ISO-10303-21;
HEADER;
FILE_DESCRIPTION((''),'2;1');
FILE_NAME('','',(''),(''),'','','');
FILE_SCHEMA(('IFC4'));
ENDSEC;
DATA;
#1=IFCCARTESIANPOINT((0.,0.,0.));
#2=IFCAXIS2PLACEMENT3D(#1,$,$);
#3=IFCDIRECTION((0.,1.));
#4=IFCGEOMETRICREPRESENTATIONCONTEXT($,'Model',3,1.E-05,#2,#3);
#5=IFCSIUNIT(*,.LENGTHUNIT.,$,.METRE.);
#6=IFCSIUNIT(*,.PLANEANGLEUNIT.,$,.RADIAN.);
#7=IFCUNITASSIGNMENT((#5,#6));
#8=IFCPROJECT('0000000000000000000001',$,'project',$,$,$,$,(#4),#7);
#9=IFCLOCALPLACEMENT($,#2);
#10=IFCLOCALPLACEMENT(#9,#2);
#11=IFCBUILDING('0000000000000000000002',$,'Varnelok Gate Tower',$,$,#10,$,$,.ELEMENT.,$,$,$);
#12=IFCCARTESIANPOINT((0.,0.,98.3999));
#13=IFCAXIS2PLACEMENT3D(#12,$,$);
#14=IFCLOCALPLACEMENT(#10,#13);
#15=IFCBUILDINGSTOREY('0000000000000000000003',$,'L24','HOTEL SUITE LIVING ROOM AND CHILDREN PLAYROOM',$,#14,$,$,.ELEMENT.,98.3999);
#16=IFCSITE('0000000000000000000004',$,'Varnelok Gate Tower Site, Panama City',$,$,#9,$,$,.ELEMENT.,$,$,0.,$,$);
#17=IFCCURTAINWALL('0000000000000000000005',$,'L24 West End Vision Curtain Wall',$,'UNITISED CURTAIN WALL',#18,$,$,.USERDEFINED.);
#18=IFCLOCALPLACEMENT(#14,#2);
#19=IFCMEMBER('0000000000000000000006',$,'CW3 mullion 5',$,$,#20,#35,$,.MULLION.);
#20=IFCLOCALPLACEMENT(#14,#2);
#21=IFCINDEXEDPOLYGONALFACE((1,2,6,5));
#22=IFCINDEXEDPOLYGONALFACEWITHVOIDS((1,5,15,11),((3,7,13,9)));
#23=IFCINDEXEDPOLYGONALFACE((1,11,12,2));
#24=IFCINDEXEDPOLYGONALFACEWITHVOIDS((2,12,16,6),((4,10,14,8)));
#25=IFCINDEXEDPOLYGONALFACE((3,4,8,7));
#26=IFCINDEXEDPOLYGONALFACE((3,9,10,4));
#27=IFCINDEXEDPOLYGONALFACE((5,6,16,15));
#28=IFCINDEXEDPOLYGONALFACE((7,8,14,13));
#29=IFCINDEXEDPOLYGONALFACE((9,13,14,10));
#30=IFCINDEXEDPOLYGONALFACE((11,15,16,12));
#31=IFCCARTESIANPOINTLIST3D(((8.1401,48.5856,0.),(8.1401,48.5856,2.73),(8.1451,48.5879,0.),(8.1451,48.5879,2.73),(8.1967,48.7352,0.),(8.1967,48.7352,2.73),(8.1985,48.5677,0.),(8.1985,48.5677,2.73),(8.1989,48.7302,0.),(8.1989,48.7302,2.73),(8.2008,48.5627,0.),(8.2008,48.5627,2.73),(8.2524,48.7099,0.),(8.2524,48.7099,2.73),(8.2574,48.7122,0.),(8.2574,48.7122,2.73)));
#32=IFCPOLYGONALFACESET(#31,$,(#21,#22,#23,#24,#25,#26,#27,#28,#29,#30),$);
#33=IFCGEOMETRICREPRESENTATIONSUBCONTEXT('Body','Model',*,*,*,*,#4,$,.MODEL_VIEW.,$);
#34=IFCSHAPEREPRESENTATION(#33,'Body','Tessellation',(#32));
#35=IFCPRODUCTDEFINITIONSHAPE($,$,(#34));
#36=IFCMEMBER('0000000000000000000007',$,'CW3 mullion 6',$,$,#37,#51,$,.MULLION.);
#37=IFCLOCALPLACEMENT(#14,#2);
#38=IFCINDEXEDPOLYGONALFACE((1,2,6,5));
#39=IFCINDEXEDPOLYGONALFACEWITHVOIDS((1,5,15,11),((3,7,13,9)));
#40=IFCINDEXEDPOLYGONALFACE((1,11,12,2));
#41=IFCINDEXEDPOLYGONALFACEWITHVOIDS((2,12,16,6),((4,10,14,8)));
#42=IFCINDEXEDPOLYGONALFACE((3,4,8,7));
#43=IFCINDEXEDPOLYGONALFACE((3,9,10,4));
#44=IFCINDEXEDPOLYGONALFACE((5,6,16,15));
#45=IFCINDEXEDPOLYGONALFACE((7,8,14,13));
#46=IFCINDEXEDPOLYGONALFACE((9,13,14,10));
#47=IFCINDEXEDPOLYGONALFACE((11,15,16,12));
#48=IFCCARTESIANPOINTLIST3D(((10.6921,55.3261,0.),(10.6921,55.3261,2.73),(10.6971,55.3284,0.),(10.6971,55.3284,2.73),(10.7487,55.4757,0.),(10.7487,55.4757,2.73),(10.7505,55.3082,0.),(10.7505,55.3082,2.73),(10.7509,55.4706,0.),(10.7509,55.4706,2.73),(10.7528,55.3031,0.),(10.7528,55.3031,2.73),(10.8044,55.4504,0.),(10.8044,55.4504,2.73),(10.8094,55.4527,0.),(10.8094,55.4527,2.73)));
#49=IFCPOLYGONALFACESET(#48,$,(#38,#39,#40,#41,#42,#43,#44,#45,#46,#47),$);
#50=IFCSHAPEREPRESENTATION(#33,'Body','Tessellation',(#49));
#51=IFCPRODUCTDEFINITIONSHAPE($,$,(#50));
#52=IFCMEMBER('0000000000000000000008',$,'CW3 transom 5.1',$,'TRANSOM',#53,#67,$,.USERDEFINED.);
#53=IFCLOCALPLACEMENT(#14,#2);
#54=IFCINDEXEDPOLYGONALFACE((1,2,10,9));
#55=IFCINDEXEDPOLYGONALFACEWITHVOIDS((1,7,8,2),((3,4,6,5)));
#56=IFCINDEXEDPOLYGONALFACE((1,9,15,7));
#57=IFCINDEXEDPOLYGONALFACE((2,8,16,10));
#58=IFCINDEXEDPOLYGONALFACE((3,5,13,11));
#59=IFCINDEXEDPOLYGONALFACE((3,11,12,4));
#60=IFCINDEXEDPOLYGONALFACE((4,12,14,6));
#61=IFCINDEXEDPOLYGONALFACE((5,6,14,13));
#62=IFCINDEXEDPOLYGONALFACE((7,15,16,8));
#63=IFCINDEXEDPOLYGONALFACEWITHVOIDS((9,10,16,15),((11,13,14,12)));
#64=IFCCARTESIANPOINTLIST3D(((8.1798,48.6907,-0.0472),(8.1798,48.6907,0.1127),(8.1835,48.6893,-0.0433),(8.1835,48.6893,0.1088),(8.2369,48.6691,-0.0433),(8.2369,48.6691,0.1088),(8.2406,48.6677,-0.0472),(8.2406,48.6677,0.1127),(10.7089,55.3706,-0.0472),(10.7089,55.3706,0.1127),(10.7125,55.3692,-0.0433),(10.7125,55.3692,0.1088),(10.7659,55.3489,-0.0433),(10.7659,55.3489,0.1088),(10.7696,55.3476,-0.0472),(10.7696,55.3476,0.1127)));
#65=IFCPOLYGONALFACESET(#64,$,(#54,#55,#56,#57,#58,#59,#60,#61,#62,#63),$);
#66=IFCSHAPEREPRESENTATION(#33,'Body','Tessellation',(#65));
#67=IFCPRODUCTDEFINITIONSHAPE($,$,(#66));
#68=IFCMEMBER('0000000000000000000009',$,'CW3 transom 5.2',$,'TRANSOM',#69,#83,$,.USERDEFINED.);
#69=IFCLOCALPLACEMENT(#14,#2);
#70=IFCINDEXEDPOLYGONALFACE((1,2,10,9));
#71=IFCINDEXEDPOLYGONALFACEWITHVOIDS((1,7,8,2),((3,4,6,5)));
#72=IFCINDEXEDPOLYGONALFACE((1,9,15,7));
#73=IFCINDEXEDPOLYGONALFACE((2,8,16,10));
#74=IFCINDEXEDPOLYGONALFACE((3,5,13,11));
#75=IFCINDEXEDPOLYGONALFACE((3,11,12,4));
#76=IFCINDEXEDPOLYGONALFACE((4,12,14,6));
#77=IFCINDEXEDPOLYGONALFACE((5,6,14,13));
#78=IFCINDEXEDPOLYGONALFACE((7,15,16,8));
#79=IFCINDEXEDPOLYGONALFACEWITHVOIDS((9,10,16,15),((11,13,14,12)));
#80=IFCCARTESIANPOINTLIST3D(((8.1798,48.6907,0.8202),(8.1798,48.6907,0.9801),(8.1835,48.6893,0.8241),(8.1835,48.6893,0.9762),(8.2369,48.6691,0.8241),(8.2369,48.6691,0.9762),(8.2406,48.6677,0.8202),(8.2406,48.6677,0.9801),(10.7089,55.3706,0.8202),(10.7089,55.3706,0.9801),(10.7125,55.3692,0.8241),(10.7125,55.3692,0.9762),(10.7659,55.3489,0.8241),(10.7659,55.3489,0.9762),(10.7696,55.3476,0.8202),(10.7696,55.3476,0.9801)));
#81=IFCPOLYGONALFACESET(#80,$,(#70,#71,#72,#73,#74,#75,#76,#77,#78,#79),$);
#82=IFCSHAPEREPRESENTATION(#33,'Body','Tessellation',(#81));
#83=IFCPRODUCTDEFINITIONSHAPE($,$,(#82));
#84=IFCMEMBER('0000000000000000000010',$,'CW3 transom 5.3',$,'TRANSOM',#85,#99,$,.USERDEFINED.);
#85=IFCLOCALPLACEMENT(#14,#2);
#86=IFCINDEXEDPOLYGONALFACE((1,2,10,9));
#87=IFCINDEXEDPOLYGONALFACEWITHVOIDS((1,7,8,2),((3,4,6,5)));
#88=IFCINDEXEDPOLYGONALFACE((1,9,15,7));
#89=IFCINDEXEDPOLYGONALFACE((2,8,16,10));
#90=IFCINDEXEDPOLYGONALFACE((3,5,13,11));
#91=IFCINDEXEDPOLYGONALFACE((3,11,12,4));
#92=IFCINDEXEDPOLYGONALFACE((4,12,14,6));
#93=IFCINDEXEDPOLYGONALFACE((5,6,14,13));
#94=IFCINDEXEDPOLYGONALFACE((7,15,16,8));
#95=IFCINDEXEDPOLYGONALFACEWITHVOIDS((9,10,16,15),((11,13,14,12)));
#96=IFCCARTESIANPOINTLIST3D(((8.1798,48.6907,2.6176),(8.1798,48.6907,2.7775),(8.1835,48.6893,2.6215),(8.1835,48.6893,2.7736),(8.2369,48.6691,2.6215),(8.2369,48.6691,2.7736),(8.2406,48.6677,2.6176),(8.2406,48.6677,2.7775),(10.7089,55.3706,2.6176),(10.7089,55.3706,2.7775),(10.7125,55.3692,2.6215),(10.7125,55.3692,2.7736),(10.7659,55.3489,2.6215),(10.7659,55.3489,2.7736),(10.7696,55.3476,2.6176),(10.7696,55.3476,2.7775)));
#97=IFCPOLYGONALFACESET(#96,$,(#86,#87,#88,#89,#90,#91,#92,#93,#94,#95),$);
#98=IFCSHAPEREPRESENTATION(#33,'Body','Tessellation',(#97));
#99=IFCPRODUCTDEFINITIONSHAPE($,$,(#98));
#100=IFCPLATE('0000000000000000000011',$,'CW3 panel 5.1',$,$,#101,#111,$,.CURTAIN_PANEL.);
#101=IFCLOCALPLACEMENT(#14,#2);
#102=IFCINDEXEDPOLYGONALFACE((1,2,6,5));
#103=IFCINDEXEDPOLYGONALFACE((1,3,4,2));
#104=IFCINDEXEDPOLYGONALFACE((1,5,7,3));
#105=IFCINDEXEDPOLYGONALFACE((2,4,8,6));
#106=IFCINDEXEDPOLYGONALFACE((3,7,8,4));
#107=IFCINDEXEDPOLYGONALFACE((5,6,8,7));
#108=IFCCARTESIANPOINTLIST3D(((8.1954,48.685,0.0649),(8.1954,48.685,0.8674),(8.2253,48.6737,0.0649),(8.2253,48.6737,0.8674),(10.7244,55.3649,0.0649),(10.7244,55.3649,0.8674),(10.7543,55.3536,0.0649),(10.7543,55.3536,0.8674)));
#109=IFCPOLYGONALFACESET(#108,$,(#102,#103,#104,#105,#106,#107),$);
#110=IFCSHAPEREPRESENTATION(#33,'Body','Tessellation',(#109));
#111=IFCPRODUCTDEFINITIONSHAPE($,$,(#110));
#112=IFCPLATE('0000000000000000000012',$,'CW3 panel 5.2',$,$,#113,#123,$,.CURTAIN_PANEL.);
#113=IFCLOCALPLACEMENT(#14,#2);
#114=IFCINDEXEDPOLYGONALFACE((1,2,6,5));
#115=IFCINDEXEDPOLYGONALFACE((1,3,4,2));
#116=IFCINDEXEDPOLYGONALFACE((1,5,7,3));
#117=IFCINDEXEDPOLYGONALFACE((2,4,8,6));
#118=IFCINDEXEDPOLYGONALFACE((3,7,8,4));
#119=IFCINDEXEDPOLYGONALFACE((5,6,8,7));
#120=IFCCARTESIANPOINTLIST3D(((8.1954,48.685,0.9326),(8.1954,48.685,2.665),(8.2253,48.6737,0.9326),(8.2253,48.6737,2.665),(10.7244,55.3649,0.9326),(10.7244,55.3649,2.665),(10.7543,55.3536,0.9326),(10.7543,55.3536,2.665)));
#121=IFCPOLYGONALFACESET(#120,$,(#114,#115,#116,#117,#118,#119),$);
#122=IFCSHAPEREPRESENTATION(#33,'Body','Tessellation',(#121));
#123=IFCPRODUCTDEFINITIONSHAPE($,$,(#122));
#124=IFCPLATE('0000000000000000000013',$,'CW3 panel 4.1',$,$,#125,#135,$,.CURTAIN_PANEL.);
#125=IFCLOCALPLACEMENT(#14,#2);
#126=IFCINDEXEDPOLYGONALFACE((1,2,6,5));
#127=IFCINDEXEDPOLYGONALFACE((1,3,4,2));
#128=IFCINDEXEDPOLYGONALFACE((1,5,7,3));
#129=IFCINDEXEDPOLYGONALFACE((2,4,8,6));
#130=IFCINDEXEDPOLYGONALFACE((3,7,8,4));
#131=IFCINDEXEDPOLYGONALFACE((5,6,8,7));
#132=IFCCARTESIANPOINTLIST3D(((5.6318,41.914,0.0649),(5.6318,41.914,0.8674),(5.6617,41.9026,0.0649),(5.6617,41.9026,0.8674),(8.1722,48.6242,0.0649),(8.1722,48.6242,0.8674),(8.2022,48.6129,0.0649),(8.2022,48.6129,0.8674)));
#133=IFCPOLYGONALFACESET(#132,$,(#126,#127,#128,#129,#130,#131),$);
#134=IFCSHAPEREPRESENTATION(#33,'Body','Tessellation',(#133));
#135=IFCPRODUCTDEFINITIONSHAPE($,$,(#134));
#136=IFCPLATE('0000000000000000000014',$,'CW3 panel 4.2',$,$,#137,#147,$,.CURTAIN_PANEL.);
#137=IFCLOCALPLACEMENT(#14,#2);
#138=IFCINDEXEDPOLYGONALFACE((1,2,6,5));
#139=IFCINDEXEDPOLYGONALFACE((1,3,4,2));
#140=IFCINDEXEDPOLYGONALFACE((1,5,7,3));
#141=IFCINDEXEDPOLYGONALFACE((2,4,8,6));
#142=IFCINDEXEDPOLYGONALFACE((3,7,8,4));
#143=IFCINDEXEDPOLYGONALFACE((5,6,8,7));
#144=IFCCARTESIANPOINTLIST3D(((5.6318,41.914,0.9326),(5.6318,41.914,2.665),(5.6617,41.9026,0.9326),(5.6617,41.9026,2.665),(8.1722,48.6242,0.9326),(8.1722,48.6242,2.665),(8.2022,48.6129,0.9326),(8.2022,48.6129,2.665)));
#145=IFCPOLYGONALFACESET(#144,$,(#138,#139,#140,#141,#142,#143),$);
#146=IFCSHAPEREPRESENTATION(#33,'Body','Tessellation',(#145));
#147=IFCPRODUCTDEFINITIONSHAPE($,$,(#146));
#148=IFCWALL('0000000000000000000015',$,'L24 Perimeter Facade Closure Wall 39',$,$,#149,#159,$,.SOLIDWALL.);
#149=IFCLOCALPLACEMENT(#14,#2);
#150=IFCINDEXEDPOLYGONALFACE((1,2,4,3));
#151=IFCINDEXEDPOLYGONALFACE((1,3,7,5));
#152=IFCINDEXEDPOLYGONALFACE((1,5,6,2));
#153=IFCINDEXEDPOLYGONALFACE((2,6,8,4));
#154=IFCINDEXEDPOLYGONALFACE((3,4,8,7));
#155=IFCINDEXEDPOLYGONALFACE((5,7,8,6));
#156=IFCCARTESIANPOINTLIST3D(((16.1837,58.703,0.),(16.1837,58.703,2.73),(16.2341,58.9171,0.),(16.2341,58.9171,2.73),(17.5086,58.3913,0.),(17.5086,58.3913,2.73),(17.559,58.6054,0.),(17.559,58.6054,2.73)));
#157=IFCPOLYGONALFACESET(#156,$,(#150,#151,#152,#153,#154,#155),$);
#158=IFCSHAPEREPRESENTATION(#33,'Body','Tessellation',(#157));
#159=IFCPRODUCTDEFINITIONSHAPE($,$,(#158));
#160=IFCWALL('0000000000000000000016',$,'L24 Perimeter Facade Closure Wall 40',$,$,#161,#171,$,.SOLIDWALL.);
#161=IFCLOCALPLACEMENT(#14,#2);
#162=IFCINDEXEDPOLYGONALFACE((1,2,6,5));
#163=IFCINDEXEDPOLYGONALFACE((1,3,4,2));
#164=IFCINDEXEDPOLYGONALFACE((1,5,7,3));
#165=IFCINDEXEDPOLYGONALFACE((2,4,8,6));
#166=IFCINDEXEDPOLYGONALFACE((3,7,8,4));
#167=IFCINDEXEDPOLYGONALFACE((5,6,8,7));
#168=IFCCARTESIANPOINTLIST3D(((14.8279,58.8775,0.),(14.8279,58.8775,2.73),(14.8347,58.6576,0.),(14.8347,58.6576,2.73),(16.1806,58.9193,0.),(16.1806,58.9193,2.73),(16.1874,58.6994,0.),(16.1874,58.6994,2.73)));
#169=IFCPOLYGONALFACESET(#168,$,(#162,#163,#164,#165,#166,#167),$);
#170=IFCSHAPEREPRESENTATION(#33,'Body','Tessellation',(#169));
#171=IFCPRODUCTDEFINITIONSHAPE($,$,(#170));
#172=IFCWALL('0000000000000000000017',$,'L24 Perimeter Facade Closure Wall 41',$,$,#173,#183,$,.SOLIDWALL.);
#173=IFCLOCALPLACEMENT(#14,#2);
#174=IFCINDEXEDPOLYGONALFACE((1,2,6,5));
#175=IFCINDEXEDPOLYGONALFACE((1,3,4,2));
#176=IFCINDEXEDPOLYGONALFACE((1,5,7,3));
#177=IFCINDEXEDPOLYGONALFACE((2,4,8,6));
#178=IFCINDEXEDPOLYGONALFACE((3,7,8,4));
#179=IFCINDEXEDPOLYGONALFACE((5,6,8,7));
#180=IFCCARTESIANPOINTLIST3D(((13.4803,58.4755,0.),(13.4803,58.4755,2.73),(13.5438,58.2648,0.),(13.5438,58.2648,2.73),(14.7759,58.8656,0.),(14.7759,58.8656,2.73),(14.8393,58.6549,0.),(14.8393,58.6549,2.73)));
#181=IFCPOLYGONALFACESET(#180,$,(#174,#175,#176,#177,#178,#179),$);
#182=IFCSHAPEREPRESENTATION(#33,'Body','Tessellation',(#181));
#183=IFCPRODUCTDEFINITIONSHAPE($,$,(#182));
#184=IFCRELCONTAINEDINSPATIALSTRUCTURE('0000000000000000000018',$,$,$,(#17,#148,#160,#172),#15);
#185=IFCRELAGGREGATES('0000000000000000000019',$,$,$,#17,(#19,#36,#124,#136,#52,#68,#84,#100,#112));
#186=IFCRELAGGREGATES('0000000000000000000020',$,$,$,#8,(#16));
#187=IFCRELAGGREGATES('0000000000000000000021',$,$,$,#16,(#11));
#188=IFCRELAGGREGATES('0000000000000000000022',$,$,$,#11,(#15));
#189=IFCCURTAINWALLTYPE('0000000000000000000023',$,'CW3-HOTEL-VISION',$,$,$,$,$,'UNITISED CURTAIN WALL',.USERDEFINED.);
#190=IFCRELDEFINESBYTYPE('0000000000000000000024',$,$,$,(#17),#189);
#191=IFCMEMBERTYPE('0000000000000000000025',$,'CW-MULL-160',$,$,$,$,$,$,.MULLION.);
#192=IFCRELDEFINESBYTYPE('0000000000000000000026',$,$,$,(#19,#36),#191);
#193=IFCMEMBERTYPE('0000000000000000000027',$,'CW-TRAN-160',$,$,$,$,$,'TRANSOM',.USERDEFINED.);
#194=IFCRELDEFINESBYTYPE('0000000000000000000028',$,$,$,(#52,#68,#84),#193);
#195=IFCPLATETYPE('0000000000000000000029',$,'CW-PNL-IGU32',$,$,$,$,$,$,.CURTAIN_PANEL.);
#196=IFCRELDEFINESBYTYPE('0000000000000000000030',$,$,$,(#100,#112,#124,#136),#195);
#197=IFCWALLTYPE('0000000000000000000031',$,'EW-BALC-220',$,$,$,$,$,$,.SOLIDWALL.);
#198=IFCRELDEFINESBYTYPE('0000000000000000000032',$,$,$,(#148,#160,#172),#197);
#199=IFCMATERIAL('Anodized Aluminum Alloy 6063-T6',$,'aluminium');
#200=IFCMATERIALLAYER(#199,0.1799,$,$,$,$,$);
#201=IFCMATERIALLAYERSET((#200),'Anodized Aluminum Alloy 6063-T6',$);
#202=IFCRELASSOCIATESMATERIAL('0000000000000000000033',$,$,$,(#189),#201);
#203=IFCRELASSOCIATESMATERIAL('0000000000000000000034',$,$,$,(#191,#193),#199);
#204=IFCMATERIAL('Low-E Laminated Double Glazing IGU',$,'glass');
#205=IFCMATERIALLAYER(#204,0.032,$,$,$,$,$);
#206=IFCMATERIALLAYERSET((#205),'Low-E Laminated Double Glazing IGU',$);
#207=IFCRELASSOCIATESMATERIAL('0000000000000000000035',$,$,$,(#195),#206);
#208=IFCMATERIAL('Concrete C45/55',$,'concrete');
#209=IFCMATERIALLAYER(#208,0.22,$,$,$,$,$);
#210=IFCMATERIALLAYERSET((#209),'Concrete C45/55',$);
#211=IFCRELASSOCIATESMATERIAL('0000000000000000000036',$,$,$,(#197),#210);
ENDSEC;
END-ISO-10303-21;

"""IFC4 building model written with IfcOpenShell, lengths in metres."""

from ifc_helpers import new_model, si_unit, direction, frame, frame_2d, origin, origin_2d, place, context, subcontext, project, spatial, rectangle, hollow_rectangle, extrude, source, transform, mapped, material, layer, layer_set, material_profile, profile_set, type_object, element, aggregate, save


model = new_model("IFC4")

# Units and contexts
model_context = context("Model", 3, precision=1e-05, world=origin(), true_north=direction((0.0, 1.0)))
body_context = subcontext(model_context, "Body", "Model", "MODEL_VIEW")
ifc_project = project(units=[si_unit("LENGTHUNIT", "METRE"), si_unit("PLANEANGLEUNIT", "RADIAN")], contexts=[model_context])

# Site, building, storey
site_placement = place(None, origin())
site = spatial("IfcSite", under=ifc_project, at=site_placement, Name="Varnelok Gate Tower Site, Panama City", CompositionType="ELEMENT", RefElevation=0.0)
building_placement = place(site_placement, origin())
building = spatial("IfcBuilding", under=site, at=building_placement, Name="Varnelok Gate Tower", CompositionType="ELEMENT")
storey_placement = place(building_placement, frame((0.0, 0.0, 98.3999)))
storey = spatial("IfcBuildingStorey", under=building, at=storey_placement, Name="L24", Description="HOTEL SUITE LIVING ROOM AND CHILDREN PLAYROOM", CompositionType="ELEMENT", Elevation=98.3999)

# Curtain wall, members, plates
ifc_material_1 = material(Name="Anodized Aluminum Alloy 6063-T6", Category="aluminium")
ifc_layer_1 = layer(ifc_material_1, 0.1799)
ifc_layer_set_1 = layer_set([ifc_layer_1], Name="Anodized Aluminum Alloy 6063-T6")
curtain_wall_type = type_object("IfcCurtainWallType", Name="CW3-HOTEL-VISION", ElementType="UNITISED CURTAIN WALL", PredefinedType="USERDEFINED", material=ifc_layer_set_1)
curtain_wall_placement = place(storey_placement, origin())
curtain_wall = element("IfcCurtainWall", 1, at=curtain_wall_placement, inside=storey, type_object=curtain_wall_type, Name="L24 West End Vision Curtain Wall", ObjectType="UNITISED CURTAIN WALL", PredefinedType="USERDEFINED")
ifc_material_profile_1 = material_profile(ifc_material_1, hollow_rectangle(XDim=0.0649, YDim=0.1599, WallThickness=0.0039, at=origin_2d()), Name="ALU160X65X4")
ifc_profile_set_1 = profile_set([ifc_material_profile_1], Name="Anodized Aluminum Alloy 6063-T6")
member_type_1 = type_object("IfcMemberType", Name="CW-MULL-160", PredefinedType="MULLION", material=ifc_profile_set_1)
member_1_placement = place(storey_placement, frame((8.1987, 48.6489, 0.0), z_axis=(0.0, 0.0, 1.0), x_axis=(-0.935221, 0.354064, 0.0)))
member_1 = element("IfcMember", 2, at=member_1_placement, type_object=member_type_1, Name="CW3 mullion 5", PredefinedType="MULLION", context=body_context, shape_type="SweptSolid", body=[
    extrude(hollow_rectangle(XDim=0.0649, YDim=0.1599, WallThickness=0.0039, at=origin_2d()), origin(), (0.0, 0.0, 1.0), 2.73),
])
member_2_placement = place(storey_placement, frame((10.7507, 55.3894, 0.0), z_axis=(0.0, 0.0, 1.0), x_axis=(-0.935221, 0.354064, 0.0)))
member_2 = element("IfcMember", 3, at=member_2_placement, type_object=member_type_1, Name="CW3 mullion 6", PredefinedType="MULLION", context=body_context, shape_type="SweptSolid", body=[
    extrude(hollow_rectangle(XDim=0.0649, YDim=0.1599, WallThickness=0.0039, at=origin_2d()), origin(), (0.0, 0.0, 1.0), 2.73),
])
ifc_material_profile_2 = material_profile(ifc_material_1, hollow_rectangle(XDim=0.0649, YDim=0.1599, WallThickness=0.0039, at=origin_2d()), Name="ALU160X65X4")
ifc_profile_set_2 = profile_set([ifc_material_profile_2], Name="Anodized Aluminum Alloy 6063-T6")
member_type_2 = type_object("IfcMemberType", Name="CW-TRAN-160", ElementType="TRANSOM", PredefinedType="USERDEFINED", material=ifc_profile_set_2)
member_3_placement = place(storey_placement, frame((8.2102, 48.6792, 0.0327), z_axis=(0.354077, 0.935216, 0.0), x_axis=(-0.935216, 0.354077, 0.0)))
member_3 = element("IfcMember", 4, at=member_3_placement, type_object=member_type_2, Name="CW3 transom 5.1", ObjectType="TRANSOM", PredefinedType="USERDEFINED", context=body_context, shape_type="SweptSolid", body=[
    extrude(hollow_rectangle(XDim=0.0649, YDim=0.1599, WallThickness=0.0039, at=origin_2d()), origin(), (0.0, 0.0, 1.0), 7.1426),
])
member_4_placement = place(storey_placement, frame((8.2102, 48.6792, 0.9001), z_axis=(0.354077, 0.935216, 0.0), x_axis=(-0.935216, 0.354077, 0.0)))
member_4 = element("IfcMember", 5, at=member_4_placement, type_object=member_type_2, Name="CW3 transom 5.2", ObjectType="TRANSOM", PredefinedType="USERDEFINED", context=body_context, shape_type="SweptSolid", body=[
    extrude(hollow_rectangle(XDim=0.0649, YDim=0.1599, WallThickness=0.0039, at=origin_2d()), origin(), (0.0, 0.0, 1.0), 7.1426),
])
member_5_placement = place(storey_placement, frame((8.2102, 48.6792, 2.6975), z_axis=(0.354077, 0.935216, 0.0), x_axis=(-0.935216, 0.354077, 0.0)))
member_5 = element("IfcMember", 6, at=member_5_placement, type_object=member_type_2, Name="CW3 transom 5.3", ObjectType="TRANSOM", PredefinedType="USERDEFINED", context=body_context, shape_type="SweptSolid", body=[
    extrude(hollow_rectangle(XDim=0.0649, YDim=0.1599, WallThickness=0.0039, at=origin_2d()), origin(), (0.0, 0.0, 1.0), 7.1426),
])
ifc_material_2 = material(Name="Low-E Laminated Double Glazing IGU", Category="glass")
ifc_layer_2 = layer(ifc_material_2, 0.032)
ifc_layer_set_2 = layer_set([ifc_layer_2], Name="Low-E Laminated Double Glazing IGU")
plate_type = type_object("IfcPlateType", Name="CW-PNL-IGU32", PredefinedType="CURTAIN_PANEL", material=ifc_layer_set_2)
shared_shape_1 = source(origin(), body_context, "Body", "SweptSolid", [
    extrude(rectangle(XDim=7.1426, YDim=0.032, at=origin_2d()), origin(), (0.0, 0.0, 1.0), 0.8025),
])
plate_1_placement = place(storey_placement, frame((9.4749, 52.0193, 0.0649), z_axis=(0.0, 0.0, 1.0), x_axis=(0.354064, 0.935221, 0.0)))
plate_1 = element("IfcPlate", 7, at=plate_1_placement, type_object=plate_type, Name="CW3 panel 5.1", PredefinedType="CURTAIN_PANEL", context=body_context, shape_type="MappedRepresentation", body=[
    mapped(shared_shape_1, transform((0.0, 0.0, 0.0), scale=1.0)),
])
shared_shape_2 = source(origin(), body_context, "Body", "SweptSolid", [
    extrude(rectangle(XDim=7.1426, YDim=0.032, at=origin_2d()), origin(), (0.0, 0.0, 1.0), 1.7324),
])
plate_2_placement = place(storey_placement, frame((9.4749, 52.0193, 0.9326), z_axis=(0.0, 0.0, 1.0), x_axis=(0.354064, 0.935221, 0.0)))
plate_2 = element("IfcPlate", 8, at=plate_2_placement, type_object=plate_type, Name="CW3 panel 5.2", PredefinedType="CURTAIN_PANEL", context=body_context, shape_type="MappedRepresentation", body=[
    mapped(shared_shape_2, transform((0.0, 0.0, 0.0), scale=1.0)),
])
shared_shape_3 = source(origin(), body_context, "Body", "SweptSolid", [
    extrude(rectangle(XDim=7.175, YDim=0.032, at=origin_2d()), origin(), (0.0, 0.0, 1.0), 0.8025),
])
plate_3_placement = place(storey_placement, frame((6.917, 45.2634, 0.0649), z_axis=(0.0, 0.0, 1.0), x_axis=(0.354064, 0.935221, 0.0)))
plate_3 = element("IfcPlate", 9, at=plate_3_placement, type_object=plate_type, Name="CW3 panel 4.1", PredefinedType="CURTAIN_PANEL", context=body_context, shape_type="MappedRepresentation", body=[
    mapped(shared_shape_3, transform((0.0, 0.0, 0.0), scale=1.0)),
])
shared_shape_4 = source(origin(), body_context, "Body", "SweptSolid", [
    extrude(rectangle(XDim=7.175, YDim=0.032, at=origin_2d()), origin(), (0.0, 0.0, 1.0), 1.7324),
])
plate_4_placement = place(storey_placement, frame((6.917, 45.2634, 0.9326), z_axis=(0.0, 0.0, 1.0), x_axis=(0.354064, 0.935221, 0.0)))
plate_4 = element("IfcPlate", 10, at=plate_4_placement, type_object=plate_type, Name="CW3 panel 4.2", PredefinedType="CURTAIN_PANEL", context=body_context, shape_type="MappedRepresentation", body=[
    mapped(shared_shape_4, transform((0.0, 0.0, 0.0), scale=1.0)),
])
aggregate(curtain_wall, [member_1, member_2, plate_3, plate_4, member_3, member_4, member_5, plate_1, plate_2])

# Walls
ifc_material_3 = material(Name="Concrete C45/55", Category="concrete")
ifc_layer_3 = layer(ifc_material_3, 0.22)
ifc_layer_set_3 = layer_set([ifc_layer_3], Name="Concrete C45/55")
wall_type_1 = type_object("IfcWallType", Name="EW-BALC-220", PredefinedType="SOLIDWALL", material=ifc_layer_set_3)
wall_1_placement = place(storey_placement, frame((17.5339, 58.4983, 0.0), z_axis=(0.0, 0.0, 1.0), x_axis=(-0.973415, 0.229049, 0.0)))
element("IfcWall", 11, at=wall_1_placement, inside=storey, type_object=wall_type_1, Name="L24 Perimeter Facade Closure Wall 39", PredefinedType="SOLIDWALL", context=body_context, shape_type="SweptSolid", body=[
    extrude(rectangle(XDim=1.3611, YDim=0.22, at=frame_2d((0.6807, 0.0))), origin(), (0.0, 0.0, 1.0), 2.73),
])
wall_2_placement = place(storey_placement, frame((16.1841, 58.8093, 0.0), z_axis=(0.0, 0.0, 1.0), x_axis=(-0.999524, -0.030852, 0.0)))
element("IfcWall", 12, at=wall_2_placement, inside=storey, type_object=wall_type_1, Name="L24 Perimeter Facade Closure Wall 40", PredefinedType="SOLIDWALL", context=body_context, shape_type="SweptSolid", body=[
    extrude(rectangle(XDim=1.3533, YDim=0.22, at=frame_2d((0.6768, 0.0))), origin(), (0.0, 0.0, 1.0), 2.73),
])
for number, where, z_axis, x_axis, name in (
    (13, (14.8076, 58.7603, 0.0), (0.0, 0.0, 1.0), (-0.957533, -0.288324, 0.0), "L24 Perimeter Facade Closure Wall 41"),
):
    element("IfcWall", number, at=place(storey_placement, frame(where, z_axis=z_axis, x_axis=x_axis)), inside=storey, type_object=wall_type_1, Name=name, PredefinedType="SOLIDWALL", context=body_context, shape_type="SweptSolid", body=[
        extrude(rectangle(XDim=1.353, YDim=0.22, at=frame_2d((0.6765, 0.0))), origin(), (0.0, 0.0, 1.0), 2.73),
    ])

save(model, "model.ifc")
